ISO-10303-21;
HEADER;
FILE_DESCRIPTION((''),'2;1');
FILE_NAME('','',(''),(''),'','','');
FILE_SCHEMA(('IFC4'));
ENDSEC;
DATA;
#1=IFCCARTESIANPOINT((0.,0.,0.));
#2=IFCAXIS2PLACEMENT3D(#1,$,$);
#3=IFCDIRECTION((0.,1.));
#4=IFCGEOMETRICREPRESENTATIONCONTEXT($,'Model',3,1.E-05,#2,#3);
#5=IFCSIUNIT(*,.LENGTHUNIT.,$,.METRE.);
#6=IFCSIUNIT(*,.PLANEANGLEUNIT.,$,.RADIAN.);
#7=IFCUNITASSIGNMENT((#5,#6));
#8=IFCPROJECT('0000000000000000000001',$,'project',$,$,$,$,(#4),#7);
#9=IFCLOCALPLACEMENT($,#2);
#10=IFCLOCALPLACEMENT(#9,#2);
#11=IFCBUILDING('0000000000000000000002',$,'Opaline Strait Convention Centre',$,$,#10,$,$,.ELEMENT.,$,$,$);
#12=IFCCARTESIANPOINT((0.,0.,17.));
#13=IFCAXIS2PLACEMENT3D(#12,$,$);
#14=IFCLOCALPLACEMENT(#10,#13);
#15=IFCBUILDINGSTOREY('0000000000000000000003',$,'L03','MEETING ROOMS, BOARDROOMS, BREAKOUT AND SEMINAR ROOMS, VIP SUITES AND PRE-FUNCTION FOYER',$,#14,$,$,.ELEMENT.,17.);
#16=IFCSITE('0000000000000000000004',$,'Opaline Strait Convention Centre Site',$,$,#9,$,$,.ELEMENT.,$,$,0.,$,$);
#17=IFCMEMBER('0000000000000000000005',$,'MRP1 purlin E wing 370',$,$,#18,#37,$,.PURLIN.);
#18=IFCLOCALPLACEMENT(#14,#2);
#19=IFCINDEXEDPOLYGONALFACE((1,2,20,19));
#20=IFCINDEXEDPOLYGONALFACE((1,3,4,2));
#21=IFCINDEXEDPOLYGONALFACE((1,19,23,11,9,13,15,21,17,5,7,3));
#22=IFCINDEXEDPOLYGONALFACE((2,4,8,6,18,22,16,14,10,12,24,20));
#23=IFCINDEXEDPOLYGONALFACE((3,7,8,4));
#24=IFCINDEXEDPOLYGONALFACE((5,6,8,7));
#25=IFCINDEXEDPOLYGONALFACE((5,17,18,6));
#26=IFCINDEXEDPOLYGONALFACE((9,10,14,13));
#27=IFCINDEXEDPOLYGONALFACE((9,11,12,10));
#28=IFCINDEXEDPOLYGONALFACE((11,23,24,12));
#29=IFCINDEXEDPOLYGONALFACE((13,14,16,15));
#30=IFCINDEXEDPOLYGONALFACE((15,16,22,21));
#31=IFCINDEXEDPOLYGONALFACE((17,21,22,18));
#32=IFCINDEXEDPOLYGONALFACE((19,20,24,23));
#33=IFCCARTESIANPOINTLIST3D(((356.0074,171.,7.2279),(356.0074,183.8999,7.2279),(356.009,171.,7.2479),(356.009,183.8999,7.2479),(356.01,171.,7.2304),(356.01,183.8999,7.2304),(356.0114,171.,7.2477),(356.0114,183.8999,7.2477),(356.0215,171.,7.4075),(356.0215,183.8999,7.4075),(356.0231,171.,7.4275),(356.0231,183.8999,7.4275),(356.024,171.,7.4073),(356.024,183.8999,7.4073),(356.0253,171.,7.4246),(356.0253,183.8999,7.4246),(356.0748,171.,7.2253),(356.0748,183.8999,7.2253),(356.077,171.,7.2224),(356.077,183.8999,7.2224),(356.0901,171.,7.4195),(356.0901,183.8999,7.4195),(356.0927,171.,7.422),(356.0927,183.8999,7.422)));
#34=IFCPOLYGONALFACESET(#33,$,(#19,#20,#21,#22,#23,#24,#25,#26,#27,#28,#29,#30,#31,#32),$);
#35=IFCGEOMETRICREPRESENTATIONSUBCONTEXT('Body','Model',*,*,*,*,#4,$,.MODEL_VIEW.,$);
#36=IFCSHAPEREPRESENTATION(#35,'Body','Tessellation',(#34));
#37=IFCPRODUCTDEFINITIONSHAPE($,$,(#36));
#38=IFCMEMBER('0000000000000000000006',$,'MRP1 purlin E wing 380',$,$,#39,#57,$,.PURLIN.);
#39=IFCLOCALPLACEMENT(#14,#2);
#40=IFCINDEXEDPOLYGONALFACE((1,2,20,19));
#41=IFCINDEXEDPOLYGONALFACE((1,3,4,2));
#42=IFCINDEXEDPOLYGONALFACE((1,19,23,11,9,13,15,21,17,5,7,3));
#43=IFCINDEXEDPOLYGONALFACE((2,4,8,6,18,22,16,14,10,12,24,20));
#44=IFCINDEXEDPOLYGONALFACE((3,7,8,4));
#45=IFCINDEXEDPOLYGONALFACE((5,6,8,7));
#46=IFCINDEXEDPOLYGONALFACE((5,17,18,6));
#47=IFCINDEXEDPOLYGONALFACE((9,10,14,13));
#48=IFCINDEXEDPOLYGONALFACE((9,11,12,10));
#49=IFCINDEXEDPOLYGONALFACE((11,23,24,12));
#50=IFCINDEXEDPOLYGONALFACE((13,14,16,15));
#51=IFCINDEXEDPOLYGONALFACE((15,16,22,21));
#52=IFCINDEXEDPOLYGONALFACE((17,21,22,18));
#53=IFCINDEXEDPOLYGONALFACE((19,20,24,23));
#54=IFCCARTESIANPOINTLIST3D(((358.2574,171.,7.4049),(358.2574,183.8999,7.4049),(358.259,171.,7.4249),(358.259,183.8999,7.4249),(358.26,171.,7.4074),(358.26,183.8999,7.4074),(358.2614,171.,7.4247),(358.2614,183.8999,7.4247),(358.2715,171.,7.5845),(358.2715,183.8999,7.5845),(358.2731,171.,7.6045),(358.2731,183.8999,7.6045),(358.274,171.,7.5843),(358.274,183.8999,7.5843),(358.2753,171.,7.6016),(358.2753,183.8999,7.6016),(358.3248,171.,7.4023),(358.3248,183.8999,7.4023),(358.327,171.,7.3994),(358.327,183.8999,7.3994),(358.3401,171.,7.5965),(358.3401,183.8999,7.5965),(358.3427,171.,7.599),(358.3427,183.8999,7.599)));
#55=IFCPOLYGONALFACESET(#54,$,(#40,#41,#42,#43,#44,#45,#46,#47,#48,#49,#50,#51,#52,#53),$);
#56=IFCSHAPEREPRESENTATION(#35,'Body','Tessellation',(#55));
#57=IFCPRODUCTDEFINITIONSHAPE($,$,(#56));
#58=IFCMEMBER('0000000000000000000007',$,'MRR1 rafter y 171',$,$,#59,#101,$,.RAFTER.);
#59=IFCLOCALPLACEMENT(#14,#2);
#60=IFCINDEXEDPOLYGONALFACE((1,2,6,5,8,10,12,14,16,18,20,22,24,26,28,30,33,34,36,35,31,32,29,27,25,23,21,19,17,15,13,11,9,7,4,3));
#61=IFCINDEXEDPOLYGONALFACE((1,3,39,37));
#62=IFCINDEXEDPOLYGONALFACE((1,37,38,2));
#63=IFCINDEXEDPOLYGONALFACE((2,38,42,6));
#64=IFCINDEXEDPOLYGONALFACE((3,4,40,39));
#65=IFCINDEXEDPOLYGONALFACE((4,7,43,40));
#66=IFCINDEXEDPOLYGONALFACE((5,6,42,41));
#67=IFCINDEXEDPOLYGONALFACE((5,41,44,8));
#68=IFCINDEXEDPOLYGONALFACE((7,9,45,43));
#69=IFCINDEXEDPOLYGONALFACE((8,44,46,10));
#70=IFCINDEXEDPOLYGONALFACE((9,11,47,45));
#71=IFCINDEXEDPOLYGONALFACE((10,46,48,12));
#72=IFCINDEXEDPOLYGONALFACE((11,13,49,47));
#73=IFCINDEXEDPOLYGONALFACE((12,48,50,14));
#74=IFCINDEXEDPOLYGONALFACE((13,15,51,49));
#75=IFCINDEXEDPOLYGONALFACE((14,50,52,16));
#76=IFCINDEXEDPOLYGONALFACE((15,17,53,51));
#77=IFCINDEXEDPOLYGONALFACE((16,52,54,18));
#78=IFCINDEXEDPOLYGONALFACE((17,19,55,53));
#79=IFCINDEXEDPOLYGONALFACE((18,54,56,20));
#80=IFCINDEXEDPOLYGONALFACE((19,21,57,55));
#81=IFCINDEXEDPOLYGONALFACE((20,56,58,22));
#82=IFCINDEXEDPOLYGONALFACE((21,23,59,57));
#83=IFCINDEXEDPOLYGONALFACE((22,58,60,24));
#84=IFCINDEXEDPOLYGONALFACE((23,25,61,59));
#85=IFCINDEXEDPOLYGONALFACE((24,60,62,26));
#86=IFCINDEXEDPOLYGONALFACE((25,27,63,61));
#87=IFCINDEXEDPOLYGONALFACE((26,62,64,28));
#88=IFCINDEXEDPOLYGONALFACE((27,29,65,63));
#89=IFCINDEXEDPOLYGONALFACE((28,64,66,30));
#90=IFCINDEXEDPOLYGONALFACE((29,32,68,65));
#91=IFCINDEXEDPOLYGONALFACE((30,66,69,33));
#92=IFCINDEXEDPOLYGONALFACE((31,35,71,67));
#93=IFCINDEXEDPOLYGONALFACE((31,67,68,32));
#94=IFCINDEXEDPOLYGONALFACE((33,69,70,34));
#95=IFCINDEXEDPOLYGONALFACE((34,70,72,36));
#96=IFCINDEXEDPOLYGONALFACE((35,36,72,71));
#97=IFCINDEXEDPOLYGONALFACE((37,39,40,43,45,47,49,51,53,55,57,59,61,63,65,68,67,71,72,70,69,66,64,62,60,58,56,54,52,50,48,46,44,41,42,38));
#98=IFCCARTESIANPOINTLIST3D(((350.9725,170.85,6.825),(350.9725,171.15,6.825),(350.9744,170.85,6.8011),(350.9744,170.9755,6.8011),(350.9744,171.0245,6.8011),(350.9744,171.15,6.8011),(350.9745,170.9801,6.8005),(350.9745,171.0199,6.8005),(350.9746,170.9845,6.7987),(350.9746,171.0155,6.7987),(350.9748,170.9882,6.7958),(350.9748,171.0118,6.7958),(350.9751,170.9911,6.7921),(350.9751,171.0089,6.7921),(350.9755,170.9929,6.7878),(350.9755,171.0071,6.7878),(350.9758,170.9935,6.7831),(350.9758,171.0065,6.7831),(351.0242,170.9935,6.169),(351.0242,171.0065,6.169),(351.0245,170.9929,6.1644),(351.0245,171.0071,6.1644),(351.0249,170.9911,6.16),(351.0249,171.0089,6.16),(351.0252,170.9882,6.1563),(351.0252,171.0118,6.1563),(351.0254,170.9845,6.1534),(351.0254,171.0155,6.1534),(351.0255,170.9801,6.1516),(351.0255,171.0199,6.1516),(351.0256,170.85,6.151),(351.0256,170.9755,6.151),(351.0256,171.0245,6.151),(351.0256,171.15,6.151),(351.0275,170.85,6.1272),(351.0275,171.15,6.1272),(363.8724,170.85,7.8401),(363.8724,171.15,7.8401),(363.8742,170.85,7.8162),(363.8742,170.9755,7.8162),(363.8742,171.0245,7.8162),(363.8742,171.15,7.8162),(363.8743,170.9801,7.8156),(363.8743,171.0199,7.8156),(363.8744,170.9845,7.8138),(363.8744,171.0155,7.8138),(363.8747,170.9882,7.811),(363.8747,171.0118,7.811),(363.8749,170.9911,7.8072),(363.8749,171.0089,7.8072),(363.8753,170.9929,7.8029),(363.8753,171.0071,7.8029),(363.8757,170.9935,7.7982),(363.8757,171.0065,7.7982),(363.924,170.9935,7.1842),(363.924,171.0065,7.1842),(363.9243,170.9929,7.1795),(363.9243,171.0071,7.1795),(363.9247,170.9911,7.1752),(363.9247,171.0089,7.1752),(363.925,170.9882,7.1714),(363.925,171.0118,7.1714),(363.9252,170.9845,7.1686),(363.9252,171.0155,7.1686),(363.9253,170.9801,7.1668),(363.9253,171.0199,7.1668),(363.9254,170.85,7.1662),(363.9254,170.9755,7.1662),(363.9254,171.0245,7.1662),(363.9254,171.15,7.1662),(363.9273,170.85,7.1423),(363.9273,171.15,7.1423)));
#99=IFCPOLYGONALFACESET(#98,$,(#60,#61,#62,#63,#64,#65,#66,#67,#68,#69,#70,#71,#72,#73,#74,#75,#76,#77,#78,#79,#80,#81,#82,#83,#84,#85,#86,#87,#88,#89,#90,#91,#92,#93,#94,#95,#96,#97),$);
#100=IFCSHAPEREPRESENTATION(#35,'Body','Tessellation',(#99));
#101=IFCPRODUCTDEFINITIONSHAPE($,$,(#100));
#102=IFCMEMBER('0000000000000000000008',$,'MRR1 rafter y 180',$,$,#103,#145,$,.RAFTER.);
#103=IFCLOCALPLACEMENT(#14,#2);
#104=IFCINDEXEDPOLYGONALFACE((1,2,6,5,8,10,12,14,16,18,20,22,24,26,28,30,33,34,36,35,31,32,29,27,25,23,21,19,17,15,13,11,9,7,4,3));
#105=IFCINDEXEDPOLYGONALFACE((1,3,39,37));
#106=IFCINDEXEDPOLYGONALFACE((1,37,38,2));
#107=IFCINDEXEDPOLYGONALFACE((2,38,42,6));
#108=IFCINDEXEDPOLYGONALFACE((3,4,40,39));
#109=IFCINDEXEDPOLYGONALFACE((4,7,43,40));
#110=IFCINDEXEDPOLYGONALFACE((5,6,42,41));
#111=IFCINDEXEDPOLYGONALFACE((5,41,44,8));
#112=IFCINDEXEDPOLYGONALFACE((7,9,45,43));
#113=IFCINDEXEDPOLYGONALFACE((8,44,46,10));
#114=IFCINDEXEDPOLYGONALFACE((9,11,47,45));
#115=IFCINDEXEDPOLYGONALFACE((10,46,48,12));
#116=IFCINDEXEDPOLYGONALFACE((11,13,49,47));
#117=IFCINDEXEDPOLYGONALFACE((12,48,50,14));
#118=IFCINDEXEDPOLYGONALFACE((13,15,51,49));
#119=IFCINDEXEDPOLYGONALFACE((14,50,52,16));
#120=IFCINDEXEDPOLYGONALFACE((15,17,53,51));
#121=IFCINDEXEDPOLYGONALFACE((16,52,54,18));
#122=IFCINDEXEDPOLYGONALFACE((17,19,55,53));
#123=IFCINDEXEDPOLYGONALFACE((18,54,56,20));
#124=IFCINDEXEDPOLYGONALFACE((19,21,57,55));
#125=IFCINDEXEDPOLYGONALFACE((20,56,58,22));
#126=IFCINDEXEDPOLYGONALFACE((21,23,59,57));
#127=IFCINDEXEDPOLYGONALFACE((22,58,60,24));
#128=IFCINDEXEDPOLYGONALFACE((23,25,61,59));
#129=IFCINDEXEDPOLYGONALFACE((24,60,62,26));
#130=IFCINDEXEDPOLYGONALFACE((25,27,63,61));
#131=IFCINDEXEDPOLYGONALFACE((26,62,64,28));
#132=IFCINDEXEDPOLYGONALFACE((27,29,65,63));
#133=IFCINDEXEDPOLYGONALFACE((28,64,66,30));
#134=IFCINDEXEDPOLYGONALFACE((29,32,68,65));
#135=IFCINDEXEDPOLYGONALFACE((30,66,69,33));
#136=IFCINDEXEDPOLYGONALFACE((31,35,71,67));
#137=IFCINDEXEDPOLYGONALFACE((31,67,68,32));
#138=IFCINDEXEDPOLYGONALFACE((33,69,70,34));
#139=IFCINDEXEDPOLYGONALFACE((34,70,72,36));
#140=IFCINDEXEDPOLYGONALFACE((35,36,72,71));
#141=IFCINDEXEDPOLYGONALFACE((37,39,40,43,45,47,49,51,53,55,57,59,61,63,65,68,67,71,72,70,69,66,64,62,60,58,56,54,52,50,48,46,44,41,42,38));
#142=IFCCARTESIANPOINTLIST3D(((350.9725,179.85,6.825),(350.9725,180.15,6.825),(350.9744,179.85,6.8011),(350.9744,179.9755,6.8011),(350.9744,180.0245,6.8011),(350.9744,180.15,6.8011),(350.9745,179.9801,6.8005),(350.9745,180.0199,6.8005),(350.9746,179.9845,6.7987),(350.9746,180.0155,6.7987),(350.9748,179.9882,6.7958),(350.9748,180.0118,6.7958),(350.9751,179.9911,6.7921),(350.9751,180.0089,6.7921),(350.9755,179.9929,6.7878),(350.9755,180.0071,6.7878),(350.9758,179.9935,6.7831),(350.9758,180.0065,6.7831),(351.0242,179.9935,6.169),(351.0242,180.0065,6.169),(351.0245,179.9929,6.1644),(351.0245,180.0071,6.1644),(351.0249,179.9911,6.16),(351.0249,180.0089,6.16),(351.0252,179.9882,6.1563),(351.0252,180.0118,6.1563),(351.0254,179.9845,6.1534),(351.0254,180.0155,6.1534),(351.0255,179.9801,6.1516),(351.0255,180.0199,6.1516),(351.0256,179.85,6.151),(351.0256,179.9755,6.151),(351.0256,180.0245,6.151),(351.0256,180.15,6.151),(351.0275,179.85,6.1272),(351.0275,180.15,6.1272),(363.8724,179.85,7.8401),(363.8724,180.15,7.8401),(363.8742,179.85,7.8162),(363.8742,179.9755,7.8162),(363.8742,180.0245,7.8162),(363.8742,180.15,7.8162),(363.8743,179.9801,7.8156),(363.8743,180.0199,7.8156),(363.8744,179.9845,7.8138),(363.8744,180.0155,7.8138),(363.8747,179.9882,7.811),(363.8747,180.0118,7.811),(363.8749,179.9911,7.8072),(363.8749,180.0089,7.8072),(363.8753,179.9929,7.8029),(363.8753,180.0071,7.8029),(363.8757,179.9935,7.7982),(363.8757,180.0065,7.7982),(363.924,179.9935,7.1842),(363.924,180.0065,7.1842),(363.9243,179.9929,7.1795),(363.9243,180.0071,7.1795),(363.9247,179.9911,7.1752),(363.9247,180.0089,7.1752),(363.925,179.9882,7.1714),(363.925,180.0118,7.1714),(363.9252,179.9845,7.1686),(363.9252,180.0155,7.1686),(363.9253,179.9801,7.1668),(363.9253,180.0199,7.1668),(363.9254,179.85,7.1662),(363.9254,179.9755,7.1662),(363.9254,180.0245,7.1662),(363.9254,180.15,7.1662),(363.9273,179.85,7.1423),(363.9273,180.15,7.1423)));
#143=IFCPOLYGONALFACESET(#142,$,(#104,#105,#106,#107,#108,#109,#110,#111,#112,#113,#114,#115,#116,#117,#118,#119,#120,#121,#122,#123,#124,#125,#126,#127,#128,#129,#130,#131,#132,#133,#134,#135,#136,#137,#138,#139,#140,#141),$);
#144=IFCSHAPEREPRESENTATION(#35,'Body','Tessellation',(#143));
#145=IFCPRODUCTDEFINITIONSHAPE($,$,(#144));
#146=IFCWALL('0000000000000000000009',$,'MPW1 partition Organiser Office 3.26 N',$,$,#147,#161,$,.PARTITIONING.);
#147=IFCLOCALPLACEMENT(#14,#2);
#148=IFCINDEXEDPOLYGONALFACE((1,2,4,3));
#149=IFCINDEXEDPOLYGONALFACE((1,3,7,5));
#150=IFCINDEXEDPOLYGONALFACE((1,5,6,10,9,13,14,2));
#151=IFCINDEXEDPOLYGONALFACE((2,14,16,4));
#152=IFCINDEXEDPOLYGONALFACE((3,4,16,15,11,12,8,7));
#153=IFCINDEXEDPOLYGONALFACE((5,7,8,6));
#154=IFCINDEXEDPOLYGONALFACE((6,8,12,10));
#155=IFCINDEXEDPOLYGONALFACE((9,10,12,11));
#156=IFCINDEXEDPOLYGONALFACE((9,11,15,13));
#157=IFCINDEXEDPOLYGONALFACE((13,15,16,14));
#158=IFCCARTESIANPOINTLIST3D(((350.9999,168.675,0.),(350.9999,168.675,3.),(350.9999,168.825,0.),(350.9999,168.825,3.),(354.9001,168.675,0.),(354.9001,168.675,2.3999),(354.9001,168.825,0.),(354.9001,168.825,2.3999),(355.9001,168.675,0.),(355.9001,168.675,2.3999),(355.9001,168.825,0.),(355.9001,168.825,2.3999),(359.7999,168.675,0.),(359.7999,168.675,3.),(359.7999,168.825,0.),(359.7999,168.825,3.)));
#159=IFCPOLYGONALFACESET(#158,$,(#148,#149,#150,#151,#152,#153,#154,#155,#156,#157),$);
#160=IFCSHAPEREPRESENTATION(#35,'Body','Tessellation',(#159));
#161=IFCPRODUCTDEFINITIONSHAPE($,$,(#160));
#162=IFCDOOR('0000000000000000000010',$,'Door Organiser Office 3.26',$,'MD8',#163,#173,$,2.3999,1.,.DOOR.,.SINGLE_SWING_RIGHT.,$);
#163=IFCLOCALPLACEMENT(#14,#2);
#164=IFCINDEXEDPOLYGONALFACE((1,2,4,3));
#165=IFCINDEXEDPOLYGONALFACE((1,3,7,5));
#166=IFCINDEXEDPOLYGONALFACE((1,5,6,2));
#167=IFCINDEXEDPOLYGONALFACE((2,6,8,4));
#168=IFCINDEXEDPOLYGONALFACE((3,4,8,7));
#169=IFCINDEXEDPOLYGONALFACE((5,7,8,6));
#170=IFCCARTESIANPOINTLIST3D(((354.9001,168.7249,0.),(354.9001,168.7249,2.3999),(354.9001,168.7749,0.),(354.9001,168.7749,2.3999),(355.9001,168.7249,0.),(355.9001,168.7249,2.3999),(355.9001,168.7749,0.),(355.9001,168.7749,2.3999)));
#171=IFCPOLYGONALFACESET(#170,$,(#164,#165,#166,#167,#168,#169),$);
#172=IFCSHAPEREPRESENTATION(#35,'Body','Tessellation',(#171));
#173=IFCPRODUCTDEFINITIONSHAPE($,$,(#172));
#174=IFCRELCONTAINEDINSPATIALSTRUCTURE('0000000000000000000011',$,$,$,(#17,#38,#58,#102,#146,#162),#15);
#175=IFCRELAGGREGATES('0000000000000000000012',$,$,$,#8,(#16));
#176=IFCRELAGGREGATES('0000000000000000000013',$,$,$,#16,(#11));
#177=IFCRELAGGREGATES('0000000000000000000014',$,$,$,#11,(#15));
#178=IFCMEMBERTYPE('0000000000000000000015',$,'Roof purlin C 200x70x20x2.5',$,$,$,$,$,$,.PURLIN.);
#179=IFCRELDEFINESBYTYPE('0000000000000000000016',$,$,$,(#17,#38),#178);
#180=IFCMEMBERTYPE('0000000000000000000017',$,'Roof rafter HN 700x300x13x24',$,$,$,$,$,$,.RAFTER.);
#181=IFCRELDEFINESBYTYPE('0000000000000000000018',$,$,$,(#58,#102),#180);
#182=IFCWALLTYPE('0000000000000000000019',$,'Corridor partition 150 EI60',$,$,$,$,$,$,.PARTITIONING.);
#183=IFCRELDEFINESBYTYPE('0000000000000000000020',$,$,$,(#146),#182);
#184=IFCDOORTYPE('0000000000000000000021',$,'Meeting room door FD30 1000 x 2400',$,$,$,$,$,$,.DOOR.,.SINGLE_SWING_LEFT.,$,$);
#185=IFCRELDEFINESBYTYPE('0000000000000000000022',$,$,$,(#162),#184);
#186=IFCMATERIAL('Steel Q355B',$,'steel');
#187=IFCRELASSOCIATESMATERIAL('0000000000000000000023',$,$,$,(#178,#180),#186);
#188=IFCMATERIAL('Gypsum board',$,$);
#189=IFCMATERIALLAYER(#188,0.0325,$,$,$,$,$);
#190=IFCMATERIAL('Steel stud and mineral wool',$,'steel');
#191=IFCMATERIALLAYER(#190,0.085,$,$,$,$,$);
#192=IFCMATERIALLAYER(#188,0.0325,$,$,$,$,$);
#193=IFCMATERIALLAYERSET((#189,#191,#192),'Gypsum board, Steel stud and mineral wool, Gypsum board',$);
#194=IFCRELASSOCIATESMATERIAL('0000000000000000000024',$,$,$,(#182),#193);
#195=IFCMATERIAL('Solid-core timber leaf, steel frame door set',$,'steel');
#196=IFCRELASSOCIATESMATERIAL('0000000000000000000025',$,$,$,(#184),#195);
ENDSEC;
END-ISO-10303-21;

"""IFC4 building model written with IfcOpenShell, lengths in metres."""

from ifc_helpers import new_model, si_unit, direction, frame, frame_2d, origin, origin_2d, place, context, subcontext, project, spatial, polyline, rectangle, i_section, outline, extrude, material, layer, layer_set, material_profile, profile_set, type_object, element, fill, save


model = new_model("IFC4")

# Units and contexts
model_context = context("Model", 3, precision=1e-05, world=origin(), true_north=direction((0.0, 1.0)))
body_context = subcontext(model_context, "Body", "Model", "MODEL_VIEW")
ifc_project = project(units=[si_unit("LENGTHUNIT", "METRE"), si_unit("PLANEANGLEUNIT", "RADIAN")], contexts=[model_context])

# Site, building, storey
site_placement = place(None, origin())
site = spatial("IfcSite", under=ifc_project, at=site_placement, Name="Opaline Strait Convention Centre Site", CompositionType="ELEMENT", RefElevation=0.0)
building_placement = place(site_placement, origin())
building = spatial("IfcBuilding", under=site, at=building_placement, Name="Opaline Strait Convention Centre", CompositionType="ELEMENT")
storey_placement = place(building_placement, frame((0.0, 0.0, 17.0)))
storey = spatial("IfcBuildingStorey", under=building, at=storey_placement, Name="L03", Description="MEETING ROOMS, BOARDROOMS, BREAKOUT AND SEMINAR ROOMS, VIP SUITES AND PRE-FUNCTION FOYER", CompositionType="ELEMENT", Elevation=17.0)

# Shared definitions
ifc_material_1 = material(Name="Steel Q355B", Category="steel")

# Members
ifc_material_profile_1 = material_profile(ifc_material_1, outline(polyline([(-0.0349, -0.1001), (0.0349, -0.1001), (0.0349, -0.0801), (0.0325, -0.0801), (0.0325, -0.0974), (-0.0325, -0.0974), (-0.0325, 0.0974), (0.0325, 0.0974), (0.0325, 0.0801), (0.0349, 0.0801), (0.0349, 0.1001), (-0.0349, 0.1001), (-0.0349, -0.1001)])), Name="C 200x70x20x2.5")
ifc_profile_set_1 = profile_set([ifc_material_profile_1], Name="Steel Q355B")
member_type_1 = type_object("IfcMemberType", Name="Roof purlin C 200x70x20x2.5", PredefinedType="PURLIN", material=ifc_profile_set_1)
for number, where, z_axis, x_axis, name in (
    (1, (356.05, 171.0, 7.325), (0.0, 1.0, 0.0), (-0.996917, 0.0, 0.078459), "MRP1 purlin E wing 370"),
    (2, (358.3, 171.0, 7.502), (0.0, 1.0, 0.0), (-0.996917, 0.0, 0.078459), "MRP1 purlin E wing 380"),
):
    element("IfcMember", number, at=place(storey_placement, frame(where, z_axis=z_axis, x_axis=x_axis)), inside=storey, type_object=member_type_1, Name=name, PredefinedType="PURLIN", context=body_context, shape_type="SweptSolid", body=[
        extrude(outline(polyline([(-0.0349, -0.1001), (0.0349, -0.1001), (0.0349, -0.0801), (0.0325, -0.0801), (0.0325, -0.0974), (-0.0325, -0.0974), (-0.0325, 0.0974), (0.0325, 0.0974), (0.0325, 0.0801), (0.0349, 0.0801), (0.0349, 0.1001), (-0.0349, 0.1001), (-0.0349, -0.1001)])), origin(), (0.0, 0.0, 1.0), 12.8999),
    ])
ifc_material_profile_2 = material_profile(ifc_material_1, i_section(OverallWidth=0.3, OverallDepth=0.7, WebThickness=0.0129, FlangeThickness=0.0239, FilletRadius=0.0181, at=origin_2d()), Name="HN 700x300x13x24")
ifc_profile_set_2 = profile_set([ifc_material_profile_2], Name="Steel Q355B")
member_type_2 = type_object("IfcMemberType", Name="Roof rafter HN 700x300x13x24", PredefinedType="RAFTER", material=ifc_profile_set_2)
for number, where, z_axis, x_axis, name in (
    (3, (351.0, 171.0, 6.4761), (0.996918, 0.0, 0.078451), (0.0, 1.0, 0.0), "MRR1 rafter y 171"),
    (4, (351.0, 180.0, 6.4761), (0.996918, 0.0, 0.078451), (0.0, 1.0, 0.0), "MRR1 rafter y 180"),
):
    element("IfcMember", number, at=place(storey_placement, frame(where, z_axis=z_axis, x_axis=x_axis)), inside=storey, type_object=member_type_2, Name=name, PredefinedType="RAFTER", context=body_context, shape_type="SweptSolid", body=[
        extrude(i_section(OverallWidth=0.3, OverallDepth=0.7, WebThickness=0.0129, FlangeThickness=0.0239, FilletRadius=0.0181, at=origin_2d()), origin(), (0.0, 0.0, 1.0), 12.9397),
    ])

# Wall, opening, door
ifc_material_2 = material(Name="Gypsum board")
ifc_layer_1 = layer(ifc_material_2, 0.0325)
ifc_material_3 = material(Name="Steel stud and mineral wool", Category="steel")
ifc_layer_2 = layer(ifc_material_3, 0.085)
ifc_layer_3 = layer(ifc_material_2, 0.0325)
ifc_layer_set_1 = layer_set([ifc_layer_1, ifc_layer_2, ifc_layer_3], Name="Gypsum board, Steel stud and mineral wool, Gypsum board")
wall_type_1 = type_object("IfcWallType", Name="Corridor partition 150 EI60", PredefinedType="PARTITIONING", material=ifc_layer_set_1)
wall_1_placement = place(storey_placement, frame((351.0, 168.75, 0.0), z_axis=(0.0, 0.0, 1.0), x_axis=(1.0, 0.0, 0.0)))
wall_1 = element("IfcWall", 5, at=wall_1_placement, inside=storey, type_object=wall_type_1, Name="MPW1 partition Organiser Office 3.26 N", PredefinedType="PARTITIONING", context=body_context, shape_type="SweptSolid", body=[
    extrude(rectangle(XDim=8.8, YDim=0.1499, at=frame_2d((4.3999, 0.0))), origin(), (0.0, 0.0, 1.0), 3.0),
])
opening_1_placement = place(wall_1_placement, frame((3.9001, 0.0, 0.0)))
opening_1 = element("IfcOpeningElement", 6, at=opening_1_placement, cuts=wall_1, PredefinedType="OPENING", context=body_context, shape_type="SweptSolid", body=[
    extrude(rectangle(XDim=1.0, YDim=2.3999, at=frame_2d((0.5, 1.2))), frame((0.0, 0.085, 0.0), z_axis=(0.0, -1.0, 0.0), x_axis=(1.0, 0.0, 0.0)), (0.0, 0.0, 1.0), 0.1699),
])
ifc_material_4 = material(Name="Solid-core timber leaf, steel frame door set", Category="steel")
door_type_1 = type_object("IfcDoorType", Name="Meeting room door FD30 1000 x 2400", OperationType="SINGLE_SWING_LEFT", PredefinedType="DOOR", material=ifc_material_4)
door_1_placement = place(opening_1_placement, origin())
door_1 = element("IfcDoor", 7, at=door_1_placement, inside=storey, type_object=door_type_1, Name="Door Organiser Office 3.26", ObjectType="MD8", OperationType="SINGLE_SWING_RIGHT", OverallHeight=2.3999, OverallWidth=1.0, PredefinedType="DOOR", context=body_context, shape_type="SweptSolid", body=[
    extrude(rectangle(XDim=1.0, YDim=2.3999, at=frame_2d((0.5, 1.2))), frame((0.0, 0.0249, 0.0), z_axis=(0.0, -1.0, 0.0), x_axis=(1.0, 0.0, 0.0)), (0.0, 0.0, 1.0), 0.05),
])
fill(opening_1, door_1)

save(model, "model.ifc")
